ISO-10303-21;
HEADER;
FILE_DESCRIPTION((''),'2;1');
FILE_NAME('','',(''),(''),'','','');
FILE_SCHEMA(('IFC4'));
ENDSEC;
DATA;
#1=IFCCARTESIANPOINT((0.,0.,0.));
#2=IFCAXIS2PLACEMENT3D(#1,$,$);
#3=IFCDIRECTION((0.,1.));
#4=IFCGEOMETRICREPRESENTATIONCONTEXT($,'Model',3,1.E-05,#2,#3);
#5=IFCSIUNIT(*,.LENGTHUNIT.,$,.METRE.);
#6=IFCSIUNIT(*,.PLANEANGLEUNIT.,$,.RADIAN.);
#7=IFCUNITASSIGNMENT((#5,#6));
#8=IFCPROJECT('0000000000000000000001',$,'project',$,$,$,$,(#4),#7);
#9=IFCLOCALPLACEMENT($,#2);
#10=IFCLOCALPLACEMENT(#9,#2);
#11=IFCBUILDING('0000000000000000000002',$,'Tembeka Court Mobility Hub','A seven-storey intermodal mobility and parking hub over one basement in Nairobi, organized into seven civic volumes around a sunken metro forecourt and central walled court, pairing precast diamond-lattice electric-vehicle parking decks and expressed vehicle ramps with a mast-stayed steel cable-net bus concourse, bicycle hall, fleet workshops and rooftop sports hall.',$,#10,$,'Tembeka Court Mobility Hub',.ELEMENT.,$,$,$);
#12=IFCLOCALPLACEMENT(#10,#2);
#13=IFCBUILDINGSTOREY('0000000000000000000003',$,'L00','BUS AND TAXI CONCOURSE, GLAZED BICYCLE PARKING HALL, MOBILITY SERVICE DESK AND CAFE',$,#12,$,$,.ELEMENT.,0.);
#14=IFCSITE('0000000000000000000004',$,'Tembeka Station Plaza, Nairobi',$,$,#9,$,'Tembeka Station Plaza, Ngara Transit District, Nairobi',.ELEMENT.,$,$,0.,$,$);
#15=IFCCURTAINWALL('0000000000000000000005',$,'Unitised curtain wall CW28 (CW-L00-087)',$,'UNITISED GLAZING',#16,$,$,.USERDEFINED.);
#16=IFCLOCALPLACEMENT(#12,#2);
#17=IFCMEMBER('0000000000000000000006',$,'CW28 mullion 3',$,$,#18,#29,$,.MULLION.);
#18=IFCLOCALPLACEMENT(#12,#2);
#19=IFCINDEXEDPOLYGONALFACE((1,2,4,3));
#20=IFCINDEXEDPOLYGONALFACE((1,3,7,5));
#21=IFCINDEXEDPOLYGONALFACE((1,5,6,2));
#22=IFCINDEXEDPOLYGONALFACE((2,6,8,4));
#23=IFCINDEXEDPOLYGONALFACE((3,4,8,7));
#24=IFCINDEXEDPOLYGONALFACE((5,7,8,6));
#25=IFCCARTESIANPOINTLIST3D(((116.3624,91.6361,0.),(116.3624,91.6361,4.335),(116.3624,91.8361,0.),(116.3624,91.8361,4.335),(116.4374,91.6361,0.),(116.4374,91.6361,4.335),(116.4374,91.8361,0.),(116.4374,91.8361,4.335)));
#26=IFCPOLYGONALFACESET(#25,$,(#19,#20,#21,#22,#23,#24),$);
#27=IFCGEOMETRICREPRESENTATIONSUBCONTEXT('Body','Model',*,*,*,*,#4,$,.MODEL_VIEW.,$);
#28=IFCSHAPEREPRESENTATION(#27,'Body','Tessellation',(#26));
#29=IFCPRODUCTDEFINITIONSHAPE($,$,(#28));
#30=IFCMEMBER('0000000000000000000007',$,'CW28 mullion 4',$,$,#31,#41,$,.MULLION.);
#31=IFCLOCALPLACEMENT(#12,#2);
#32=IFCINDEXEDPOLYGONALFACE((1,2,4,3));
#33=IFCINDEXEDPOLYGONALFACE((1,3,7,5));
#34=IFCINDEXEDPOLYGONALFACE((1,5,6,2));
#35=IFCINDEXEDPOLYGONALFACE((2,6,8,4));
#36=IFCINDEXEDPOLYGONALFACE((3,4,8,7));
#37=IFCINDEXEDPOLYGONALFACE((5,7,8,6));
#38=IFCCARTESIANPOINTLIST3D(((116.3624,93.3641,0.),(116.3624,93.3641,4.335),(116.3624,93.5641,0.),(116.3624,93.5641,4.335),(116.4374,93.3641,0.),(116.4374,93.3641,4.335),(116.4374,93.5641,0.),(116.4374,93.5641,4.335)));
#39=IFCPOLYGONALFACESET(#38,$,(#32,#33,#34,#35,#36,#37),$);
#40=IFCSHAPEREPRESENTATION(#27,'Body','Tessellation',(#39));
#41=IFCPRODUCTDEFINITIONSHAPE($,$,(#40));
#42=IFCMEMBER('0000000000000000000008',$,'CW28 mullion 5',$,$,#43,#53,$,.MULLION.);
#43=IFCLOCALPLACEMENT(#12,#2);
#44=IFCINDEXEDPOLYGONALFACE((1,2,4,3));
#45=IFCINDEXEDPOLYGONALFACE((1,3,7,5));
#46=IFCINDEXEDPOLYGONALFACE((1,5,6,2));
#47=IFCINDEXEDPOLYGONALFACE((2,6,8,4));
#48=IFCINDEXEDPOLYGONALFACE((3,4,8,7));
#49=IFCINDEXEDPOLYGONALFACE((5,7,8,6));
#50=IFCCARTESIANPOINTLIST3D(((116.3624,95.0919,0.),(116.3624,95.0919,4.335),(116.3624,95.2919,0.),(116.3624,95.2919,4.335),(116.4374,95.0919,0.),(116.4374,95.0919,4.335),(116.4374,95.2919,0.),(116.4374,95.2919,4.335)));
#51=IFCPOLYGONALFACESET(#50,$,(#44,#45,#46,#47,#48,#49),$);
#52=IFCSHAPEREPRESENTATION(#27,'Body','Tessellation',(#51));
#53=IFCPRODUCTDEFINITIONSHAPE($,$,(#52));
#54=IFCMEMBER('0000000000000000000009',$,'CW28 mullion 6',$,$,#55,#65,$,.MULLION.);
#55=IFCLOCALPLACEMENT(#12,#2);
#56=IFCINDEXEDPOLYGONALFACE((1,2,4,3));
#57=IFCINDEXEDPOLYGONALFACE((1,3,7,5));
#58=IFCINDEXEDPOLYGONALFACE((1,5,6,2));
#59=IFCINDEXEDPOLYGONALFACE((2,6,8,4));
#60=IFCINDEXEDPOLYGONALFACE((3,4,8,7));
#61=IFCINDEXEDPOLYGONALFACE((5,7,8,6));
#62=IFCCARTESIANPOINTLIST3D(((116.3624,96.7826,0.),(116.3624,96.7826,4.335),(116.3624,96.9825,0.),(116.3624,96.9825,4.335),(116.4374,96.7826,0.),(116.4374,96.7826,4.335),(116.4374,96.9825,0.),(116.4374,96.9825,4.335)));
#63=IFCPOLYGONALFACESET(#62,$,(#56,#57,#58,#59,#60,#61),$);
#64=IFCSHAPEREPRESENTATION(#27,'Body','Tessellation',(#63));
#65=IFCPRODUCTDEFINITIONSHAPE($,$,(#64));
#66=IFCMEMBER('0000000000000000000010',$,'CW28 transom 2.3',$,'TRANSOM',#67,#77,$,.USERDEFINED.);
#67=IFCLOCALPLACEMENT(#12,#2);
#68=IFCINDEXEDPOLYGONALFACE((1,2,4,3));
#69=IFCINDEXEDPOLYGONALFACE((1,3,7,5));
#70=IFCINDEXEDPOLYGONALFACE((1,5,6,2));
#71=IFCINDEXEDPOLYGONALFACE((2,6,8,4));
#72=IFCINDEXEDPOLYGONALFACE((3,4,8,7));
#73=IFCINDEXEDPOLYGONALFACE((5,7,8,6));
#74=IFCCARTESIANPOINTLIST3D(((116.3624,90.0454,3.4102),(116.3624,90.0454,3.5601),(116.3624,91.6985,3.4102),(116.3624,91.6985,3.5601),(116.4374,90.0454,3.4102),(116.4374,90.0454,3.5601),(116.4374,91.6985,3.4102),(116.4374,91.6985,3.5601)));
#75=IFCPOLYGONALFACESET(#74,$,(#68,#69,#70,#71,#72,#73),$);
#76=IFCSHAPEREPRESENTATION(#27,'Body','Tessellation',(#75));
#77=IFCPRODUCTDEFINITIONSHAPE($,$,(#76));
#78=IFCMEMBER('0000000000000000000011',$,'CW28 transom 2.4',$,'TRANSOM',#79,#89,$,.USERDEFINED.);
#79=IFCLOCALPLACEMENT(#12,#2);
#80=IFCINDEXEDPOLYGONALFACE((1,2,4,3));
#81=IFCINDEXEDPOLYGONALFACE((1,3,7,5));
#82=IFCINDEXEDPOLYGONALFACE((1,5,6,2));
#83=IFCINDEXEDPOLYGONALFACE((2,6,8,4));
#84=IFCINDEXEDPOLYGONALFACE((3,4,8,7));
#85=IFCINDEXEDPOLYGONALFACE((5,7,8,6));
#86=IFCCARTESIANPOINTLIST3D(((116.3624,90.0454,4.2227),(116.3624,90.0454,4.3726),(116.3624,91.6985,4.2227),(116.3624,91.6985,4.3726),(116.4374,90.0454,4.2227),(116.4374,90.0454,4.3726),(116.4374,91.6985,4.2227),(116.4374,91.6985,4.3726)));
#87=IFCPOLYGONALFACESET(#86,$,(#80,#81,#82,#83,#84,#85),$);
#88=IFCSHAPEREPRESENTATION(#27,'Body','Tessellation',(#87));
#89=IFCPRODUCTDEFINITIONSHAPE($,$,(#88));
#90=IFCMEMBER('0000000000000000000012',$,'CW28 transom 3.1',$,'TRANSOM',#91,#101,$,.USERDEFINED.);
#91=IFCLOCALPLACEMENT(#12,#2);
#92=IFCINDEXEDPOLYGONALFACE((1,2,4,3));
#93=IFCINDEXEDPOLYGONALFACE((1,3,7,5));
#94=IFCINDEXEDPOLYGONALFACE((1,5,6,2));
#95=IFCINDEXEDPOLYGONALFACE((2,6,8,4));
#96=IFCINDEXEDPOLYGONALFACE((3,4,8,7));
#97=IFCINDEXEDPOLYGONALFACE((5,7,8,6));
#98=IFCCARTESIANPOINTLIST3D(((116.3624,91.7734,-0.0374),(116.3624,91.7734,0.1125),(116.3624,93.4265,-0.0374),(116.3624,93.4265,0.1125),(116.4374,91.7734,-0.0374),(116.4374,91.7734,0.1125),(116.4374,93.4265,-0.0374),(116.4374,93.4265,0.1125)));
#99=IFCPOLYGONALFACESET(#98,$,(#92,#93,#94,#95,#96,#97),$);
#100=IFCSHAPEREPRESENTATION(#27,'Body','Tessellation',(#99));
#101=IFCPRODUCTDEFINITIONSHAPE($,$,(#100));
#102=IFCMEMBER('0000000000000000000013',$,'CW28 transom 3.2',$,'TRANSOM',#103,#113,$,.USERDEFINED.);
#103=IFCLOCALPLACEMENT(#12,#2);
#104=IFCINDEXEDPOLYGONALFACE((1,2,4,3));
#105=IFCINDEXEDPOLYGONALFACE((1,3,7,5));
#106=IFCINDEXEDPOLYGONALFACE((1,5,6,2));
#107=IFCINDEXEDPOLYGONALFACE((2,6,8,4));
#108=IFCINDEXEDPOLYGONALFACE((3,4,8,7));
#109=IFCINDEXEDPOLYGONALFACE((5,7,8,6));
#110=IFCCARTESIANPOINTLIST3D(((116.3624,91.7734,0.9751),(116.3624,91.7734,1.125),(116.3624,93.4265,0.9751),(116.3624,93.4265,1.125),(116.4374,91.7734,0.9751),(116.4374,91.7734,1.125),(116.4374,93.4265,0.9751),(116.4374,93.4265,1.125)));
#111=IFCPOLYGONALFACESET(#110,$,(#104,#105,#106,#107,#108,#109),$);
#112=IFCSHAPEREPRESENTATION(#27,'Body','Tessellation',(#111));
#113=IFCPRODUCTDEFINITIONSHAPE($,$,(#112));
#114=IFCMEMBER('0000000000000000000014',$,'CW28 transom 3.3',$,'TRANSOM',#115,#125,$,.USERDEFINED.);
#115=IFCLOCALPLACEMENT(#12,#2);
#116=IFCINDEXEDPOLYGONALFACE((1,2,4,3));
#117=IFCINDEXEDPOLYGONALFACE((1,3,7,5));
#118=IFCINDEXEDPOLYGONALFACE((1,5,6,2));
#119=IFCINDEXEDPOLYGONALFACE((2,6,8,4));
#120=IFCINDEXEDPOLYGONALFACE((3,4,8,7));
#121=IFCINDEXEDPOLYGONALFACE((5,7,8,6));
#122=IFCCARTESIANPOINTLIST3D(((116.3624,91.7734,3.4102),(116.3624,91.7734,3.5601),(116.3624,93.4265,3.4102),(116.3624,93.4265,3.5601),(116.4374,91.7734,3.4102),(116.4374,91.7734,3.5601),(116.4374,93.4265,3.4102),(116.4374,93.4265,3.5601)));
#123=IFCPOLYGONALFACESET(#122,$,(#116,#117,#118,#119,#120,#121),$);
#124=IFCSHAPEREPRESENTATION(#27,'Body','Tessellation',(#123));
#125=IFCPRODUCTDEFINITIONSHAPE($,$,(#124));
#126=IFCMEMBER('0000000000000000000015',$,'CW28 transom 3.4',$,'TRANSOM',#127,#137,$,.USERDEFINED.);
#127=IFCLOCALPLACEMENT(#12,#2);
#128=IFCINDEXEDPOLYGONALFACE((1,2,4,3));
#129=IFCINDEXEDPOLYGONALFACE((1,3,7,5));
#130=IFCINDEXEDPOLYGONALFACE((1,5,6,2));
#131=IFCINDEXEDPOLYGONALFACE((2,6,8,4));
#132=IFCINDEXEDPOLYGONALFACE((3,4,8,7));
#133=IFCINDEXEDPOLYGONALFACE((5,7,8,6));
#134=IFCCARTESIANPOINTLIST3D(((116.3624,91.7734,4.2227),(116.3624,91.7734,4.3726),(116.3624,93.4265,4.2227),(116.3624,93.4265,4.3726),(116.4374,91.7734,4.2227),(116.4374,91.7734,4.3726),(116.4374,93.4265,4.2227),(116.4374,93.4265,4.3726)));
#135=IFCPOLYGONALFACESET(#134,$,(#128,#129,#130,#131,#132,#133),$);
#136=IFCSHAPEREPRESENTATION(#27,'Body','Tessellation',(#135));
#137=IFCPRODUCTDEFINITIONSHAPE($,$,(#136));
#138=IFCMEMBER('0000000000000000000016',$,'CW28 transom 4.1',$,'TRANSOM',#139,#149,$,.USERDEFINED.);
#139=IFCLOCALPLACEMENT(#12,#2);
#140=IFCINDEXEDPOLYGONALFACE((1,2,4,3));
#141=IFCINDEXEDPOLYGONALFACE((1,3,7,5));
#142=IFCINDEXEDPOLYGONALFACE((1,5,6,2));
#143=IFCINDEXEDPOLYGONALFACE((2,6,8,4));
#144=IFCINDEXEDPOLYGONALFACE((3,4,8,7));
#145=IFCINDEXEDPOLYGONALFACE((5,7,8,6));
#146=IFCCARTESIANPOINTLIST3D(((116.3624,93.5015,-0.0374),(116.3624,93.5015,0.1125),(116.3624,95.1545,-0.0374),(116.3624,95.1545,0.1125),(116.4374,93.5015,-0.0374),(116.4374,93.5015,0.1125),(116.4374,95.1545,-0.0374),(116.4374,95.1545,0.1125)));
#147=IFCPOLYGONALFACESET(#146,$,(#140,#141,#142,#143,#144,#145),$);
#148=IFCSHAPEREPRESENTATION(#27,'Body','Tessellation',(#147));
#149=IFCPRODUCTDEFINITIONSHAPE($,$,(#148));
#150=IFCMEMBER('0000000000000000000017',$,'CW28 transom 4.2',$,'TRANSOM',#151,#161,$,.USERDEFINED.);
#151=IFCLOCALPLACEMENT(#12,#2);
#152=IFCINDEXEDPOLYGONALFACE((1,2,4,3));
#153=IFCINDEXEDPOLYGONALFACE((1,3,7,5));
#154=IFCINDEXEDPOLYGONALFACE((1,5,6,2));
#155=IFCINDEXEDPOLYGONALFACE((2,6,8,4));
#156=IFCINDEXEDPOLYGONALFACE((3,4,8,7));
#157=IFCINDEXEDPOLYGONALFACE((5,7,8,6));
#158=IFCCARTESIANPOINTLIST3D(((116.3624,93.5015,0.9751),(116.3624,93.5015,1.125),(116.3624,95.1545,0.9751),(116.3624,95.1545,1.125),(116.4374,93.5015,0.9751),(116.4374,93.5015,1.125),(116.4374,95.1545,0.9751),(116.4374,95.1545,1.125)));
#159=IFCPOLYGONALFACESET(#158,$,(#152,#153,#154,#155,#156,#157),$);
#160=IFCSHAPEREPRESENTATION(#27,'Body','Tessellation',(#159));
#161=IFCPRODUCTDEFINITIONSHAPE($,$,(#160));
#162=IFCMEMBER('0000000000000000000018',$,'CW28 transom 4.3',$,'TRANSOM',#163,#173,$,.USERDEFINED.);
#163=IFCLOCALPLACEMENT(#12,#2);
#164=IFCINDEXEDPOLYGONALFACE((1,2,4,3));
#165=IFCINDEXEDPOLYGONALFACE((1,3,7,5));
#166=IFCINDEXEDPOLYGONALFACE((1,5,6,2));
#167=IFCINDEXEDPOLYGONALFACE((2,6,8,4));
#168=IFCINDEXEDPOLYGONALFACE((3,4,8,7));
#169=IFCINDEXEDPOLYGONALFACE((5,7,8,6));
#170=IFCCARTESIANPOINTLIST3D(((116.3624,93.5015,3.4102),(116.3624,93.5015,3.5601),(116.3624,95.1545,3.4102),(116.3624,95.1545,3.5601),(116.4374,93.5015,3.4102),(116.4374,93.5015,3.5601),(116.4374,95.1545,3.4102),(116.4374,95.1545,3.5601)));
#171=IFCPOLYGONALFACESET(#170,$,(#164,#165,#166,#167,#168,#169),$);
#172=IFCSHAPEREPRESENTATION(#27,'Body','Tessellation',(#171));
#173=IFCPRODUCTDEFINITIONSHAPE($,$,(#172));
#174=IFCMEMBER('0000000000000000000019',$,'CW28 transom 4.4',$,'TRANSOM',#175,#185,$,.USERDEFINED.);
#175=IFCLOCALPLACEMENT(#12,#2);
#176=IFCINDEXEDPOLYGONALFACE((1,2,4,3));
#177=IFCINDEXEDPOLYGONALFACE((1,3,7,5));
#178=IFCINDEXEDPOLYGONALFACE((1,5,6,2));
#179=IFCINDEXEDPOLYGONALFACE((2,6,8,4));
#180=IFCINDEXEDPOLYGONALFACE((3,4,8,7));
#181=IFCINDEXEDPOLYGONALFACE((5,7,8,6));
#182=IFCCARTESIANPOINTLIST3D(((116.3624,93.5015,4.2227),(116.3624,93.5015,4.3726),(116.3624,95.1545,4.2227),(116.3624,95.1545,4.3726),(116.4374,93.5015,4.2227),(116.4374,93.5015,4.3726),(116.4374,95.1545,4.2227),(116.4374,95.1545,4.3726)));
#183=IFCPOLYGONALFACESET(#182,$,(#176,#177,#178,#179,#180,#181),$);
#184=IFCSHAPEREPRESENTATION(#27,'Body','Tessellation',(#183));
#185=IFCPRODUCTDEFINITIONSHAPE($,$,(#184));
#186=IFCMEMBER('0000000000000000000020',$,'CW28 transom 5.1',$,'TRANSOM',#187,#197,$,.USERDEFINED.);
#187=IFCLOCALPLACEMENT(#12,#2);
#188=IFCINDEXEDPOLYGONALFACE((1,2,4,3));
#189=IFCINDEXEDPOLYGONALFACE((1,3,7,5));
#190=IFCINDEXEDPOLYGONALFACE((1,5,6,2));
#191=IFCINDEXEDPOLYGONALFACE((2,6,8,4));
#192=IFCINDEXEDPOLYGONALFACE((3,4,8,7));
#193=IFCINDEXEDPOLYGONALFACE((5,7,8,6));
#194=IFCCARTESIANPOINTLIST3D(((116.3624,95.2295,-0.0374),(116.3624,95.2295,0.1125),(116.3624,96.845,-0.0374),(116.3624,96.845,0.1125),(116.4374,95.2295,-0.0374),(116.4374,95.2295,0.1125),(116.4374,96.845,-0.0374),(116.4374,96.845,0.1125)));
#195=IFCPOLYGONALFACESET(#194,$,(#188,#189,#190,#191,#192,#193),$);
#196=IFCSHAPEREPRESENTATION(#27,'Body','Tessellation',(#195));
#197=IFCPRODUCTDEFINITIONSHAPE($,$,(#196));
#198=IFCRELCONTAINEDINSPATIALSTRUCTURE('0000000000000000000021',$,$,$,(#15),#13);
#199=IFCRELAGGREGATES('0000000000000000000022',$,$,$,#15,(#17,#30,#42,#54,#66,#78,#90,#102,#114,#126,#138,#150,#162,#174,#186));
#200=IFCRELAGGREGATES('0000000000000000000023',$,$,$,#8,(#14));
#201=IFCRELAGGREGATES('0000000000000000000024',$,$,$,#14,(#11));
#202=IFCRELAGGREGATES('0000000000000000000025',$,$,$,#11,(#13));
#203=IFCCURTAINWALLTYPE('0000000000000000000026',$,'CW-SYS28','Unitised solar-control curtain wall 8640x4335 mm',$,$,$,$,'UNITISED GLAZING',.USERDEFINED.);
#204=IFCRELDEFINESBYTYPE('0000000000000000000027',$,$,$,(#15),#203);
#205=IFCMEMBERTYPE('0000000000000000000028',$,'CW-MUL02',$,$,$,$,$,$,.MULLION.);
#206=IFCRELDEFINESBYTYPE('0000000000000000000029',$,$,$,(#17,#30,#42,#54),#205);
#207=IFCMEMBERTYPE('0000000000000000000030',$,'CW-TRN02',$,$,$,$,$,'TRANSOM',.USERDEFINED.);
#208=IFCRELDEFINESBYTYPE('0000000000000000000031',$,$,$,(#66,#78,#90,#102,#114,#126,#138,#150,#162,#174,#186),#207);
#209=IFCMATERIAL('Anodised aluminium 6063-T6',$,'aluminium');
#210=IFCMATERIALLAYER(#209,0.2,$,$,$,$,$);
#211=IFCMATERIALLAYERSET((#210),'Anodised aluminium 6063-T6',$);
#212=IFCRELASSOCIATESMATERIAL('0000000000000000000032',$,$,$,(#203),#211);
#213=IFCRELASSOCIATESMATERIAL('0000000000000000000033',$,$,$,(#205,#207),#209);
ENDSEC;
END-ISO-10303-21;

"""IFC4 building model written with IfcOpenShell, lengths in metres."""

from ifc_helpers import new_model, si_unit, direction, frame, origin, origin_2d, place, context, subcontext, project, spatial, rectangle, extrude, material, layer, layer_set, material_profile, profile_set, type_object, element, aggregate, save


model = new_model("IFC4")

# Units and contexts
model_context = context("Model", 3, precision=1e-05, world=origin(), true_north=direction((0.0, 1.0)))
body_context = subcontext(model_context, "Body", "Model", "MODEL_VIEW")
ifc_project = project(units=[si_unit("LENGTHUNIT", "METRE"), si_unit("PLANEANGLEUNIT", "RADIAN")], contexts=[model_context])

# Site, building, storey
site_placement = place(None, origin())
site = spatial("IfcSite", under=ifc_project, at=site_placement, Name="Tembeka Station Plaza, Nairobi", LongName="Tembeka Station Plaza, Ngara Transit District, Nairobi", CompositionType="ELEMENT", RefElevation=0.0)
building_placement = place(site_placement, origin())
building = spatial("IfcBuilding", under=site, at=building_placement, Name="Tembeka Court Mobility Hub", Description="A seven-storey intermodal mobility and parking hub over one basement in Nairobi, organized into seven civic volumes around a sunken metro forecourt and central walled court, pairing precast diamond-lattice electric-vehicle parking decks and expressed vehicle ramps with a mast-stayed steel cable-net bus concourse, bicycle hall, fleet workshops and rooftop sports hall.", LongName="Tembeka Court Mobility Hub", CompositionType="ELEMENT")
storey_placement = place(building_placement, origin())
storey = spatial("IfcBuildingStorey", under=building, at=storey_placement, Name="L00", Description="BUS AND TAXI CONCOURSE, GLAZED BICYCLE PARKING HALL, MOBILITY SERVICE DESK AND CAFE", CompositionType="ELEMENT", Elevation=0.0)

# Curtain wall, members
ifc_material_1 = material(Name="Anodised aluminium 6063-T6", Category="aluminium")
ifc_layer_1 = layer(ifc_material_1, 0.2)
ifc_layer_set_1 = layer_set([ifc_layer_1], Name="Anodised aluminium 6063-T6")
curtain_wall_type = type_object("IfcCurtainWallType", Name="CW-SYS28", Description="Unitised solar-control curtain wall 8640x4335 mm", ElementType="UNITISED GLAZING", PredefinedType="USERDEFINED", material=ifc_layer_set_1)
curtain_wall_placement = place(storey_placement, origin())
curtain_wall = element("IfcCurtainWall", 1, at=curtain_wall_placement, inside=storey, type_object=curtain_wall_type, Name="Unitised curtain wall CW28 (CW-L00-087)", ObjectType="UNITISED GLAZING", PredefinedType="USERDEFINED")
ifc_material_profile_1 = material_profile(ifc_material_1, rectangle(XDim=0.075, YDim=0.2, at=origin_2d()), Name="ALU-MUL 75x200")
ifc_profile_set_1 = profile_set([ifc_material_profile_1], Name="Anodised aluminium 6063-T6")
member_type_1 = type_object("IfcMemberType", Name="CW-MUL02", PredefinedType="MULLION", material=ifc_profile_set_1)
member_1_placement = place(storey_placement, frame((116.3999, 91.7361, 0.0), z_axis=(0.0, 0.0, 1.0), x_axis=(-1.0, 0.0, 0.0)))
member_1 = element("IfcMember", 2, at=member_1_placement, type_object=member_type_1, Name="CW28 mullion 3", PredefinedType="MULLION", context=body_context, shape_type="SweptSolid", body=[
    extrude(rectangle(XDim=0.075, YDim=0.2, at=origin_2d()), origin(), (0.0, 0.0, 1.0), 4.335),
])
member_2_placement = place(storey_placement, frame((116.3999, 93.4641, 0.0), z_axis=(0.0, 0.0, 1.0), x_axis=(-1.0, 0.0, 0.0)))
member_2 = element("IfcMember", 3, at=member_2_placement, type_object=member_type_1, Name="CW28 mullion 4", PredefinedType="MULLION", context=body_context, shape_type="SweptSolid", body=[
    extrude(rectangle(XDim=0.075, YDim=0.2, at=origin_2d()), origin(), (0.0, 0.0, 1.0), 4.335),
])
member_3_placement = place(storey_placement, frame((116.3999, 95.1919, 0.0), z_axis=(0.0, 0.0, 1.0), x_axis=(-1.0, 0.0, 0.0)))
member_3 = element("IfcMember", 4, at=member_3_placement, type_object=member_type_1, Name="CW28 mullion 5", PredefinedType="MULLION", context=body_context, shape_type="SweptSolid", body=[
    extrude(rectangle(XDim=0.075, YDim=0.2, at=origin_2d()), origin(), (0.0, 0.0, 1.0), 4.335),
])
member_4_placement = place(storey_placement, frame((116.3999, 96.8826, 0.0), z_axis=(0.0, 0.0, 1.0), x_axis=(-1.0, 0.0, 0.0)))
member_4 = element("IfcMember", 5, at=member_4_placement, type_object=member_type_1, Name="CW28 mullion 6", PredefinedType="MULLION", context=body_context, shape_type="SweptSolid", body=[
    extrude(rectangle(XDim=0.075, YDim=0.2, at=origin_2d()), origin(), (0.0, 0.0, 1.0), 4.335),
])
ifc_material_profile_2 = material_profile(ifc_material_1, rectangle(XDim=0.075, YDim=0.1499, at=origin_2d()), Name="ALU-TRN 75x150")
ifc_profile_set_2 = profile_set([ifc_material_profile_2], Name="Anodised aluminium 6063-T6")
member_type_2 = type_object("IfcMemberType", Name="CW-TRN02", ElementType="TRANSOM", PredefinedType="USERDEFINED", material=ifc_profile_set_2)
member_5_placement = place(storey_placement, frame((116.3999, 90.0454, 3.4851), z_axis=(0.0, 1.0, 0.0), x_axis=(-1.0, 0.0, 0.0)))
member_5 = element("IfcMember", 6, at=member_5_placement, type_object=member_type_2, Name="CW28 transom 2.3", ObjectType="TRANSOM", PredefinedType="USERDEFINED", context=body_context, shape_type="SweptSolid", body=[
    extrude(rectangle(XDim=0.075, YDim=0.1499, at=origin_2d()), origin(), (0.0, 0.0, 1.0), 1.6531),
])
member_6_placement = place(storey_placement, frame((116.3999, 90.0454, 4.2976), z_axis=(0.0, 1.0, 0.0), x_axis=(-1.0, 0.0, 0.0)))
member_6 = element("IfcMember", 7, at=member_6_placement, type_object=member_type_2, Name="CW28 transom 2.4", ObjectType="TRANSOM", PredefinedType="USERDEFINED", context=body_context, shape_type="SweptSolid", body=[
    extrude(rectangle(XDim=0.075, YDim=0.1499, at=origin_2d()), origin(), (0.0, 0.0, 1.0), 1.6531),
])
member_7_placement = place(storey_placement, frame((116.3999, 91.7734, 0.0376), z_axis=(0.0, 1.0, 0.0), x_axis=(-1.0, 0.0, 0.0)))
member_7 = element("IfcMember", 8, at=member_7_placement, type_object=member_type_2, Name="CW28 transom 3.1", ObjectType="TRANSOM", PredefinedType="USERDEFINED", context=body_context, shape_type="SweptSolid", body=[
    extrude(rectangle(XDim=0.075, YDim=0.1499, at=origin_2d()), origin(), (0.0, 0.0, 1.0), 1.6531),
])
member_8_placement = place(storey_placement, frame((116.3999, 91.7734, 1.05), z_axis=(0.0, 1.0, 0.0), x_axis=(-1.0, 0.0, 0.0)))
member_8 = element("IfcMember", 9, at=member_8_placement, type_object=member_type_2, Name="CW28 transom 3.2", ObjectType="TRANSOM", PredefinedType="USERDEFINED", context=body_context, shape_type="SweptSolid", body=[
    extrude(rectangle(XDim=0.075, YDim=0.1499, at=origin_2d()), origin(), (0.0, 0.0, 1.0), 1.6531),
])
member_9_placement = place(storey_placement, frame((116.3999, 91.7734, 3.4851), z_axis=(0.0, 1.0, 0.0), x_axis=(-1.0, 0.0, 0.0)))
member_9 = element("IfcMember", 10, at=member_9_placement, type_object=member_type_2, Name="CW28 transom 3.3", ObjectType="TRANSOM", PredefinedType="USERDEFINED", context=body_context, shape_type="SweptSolid", body=[
    extrude(rectangle(XDim=0.075, YDim=0.1499, at=origin_2d()), origin(), (0.0, 0.0, 1.0), 1.6531),
])
member_10_placement = place(storey_placement, frame((116.3999, 91.7734, 4.2976), z_axis=(0.0, 1.0, 0.0), x_axis=(-1.0, 0.0, 0.0)))
member_10 = element("IfcMember", 11, at=member_10_placement, type_object=member_type_2, Name="CW28 transom 3.4", ObjectType="TRANSOM", PredefinedType="USERDEFINED", context=body_context, shape_type="SweptSolid", body=[
    extrude(rectangle(XDim=0.075, YDim=0.1499, at=origin_2d()), origin(), (0.0, 0.0, 1.0), 1.6531),
])
member_11_placement = place(storey_placement, frame((116.3999, 93.5015, 0.0376), z_axis=(0.0, 1.0, 0.0), x_axis=(-1.0, 0.0, 0.0)))
member_11 = element("IfcMember", 12, at=member_11_placement, type_object=member_type_2, Name="CW28 transom 4.1", ObjectType="TRANSOM", PredefinedType="USERDEFINED", context=body_context, shape_type="SweptSolid", body=[
    extrude(rectangle(XDim=0.075, YDim=0.1499, at=origin_2d()), origin(), (0.0, 0.0, 1.0), 1.6531),
])
member_12_placement = place(storey_placement, frame((116.3999, 93.5015, 1.05), z_axis=(0.0, 1.0, 0.0), x_axis=(-1.0, 0.0, 0.0)))
member_12 = element("IfcMember", 13, at=member_12_placement, type_object=member_type_2, Name="CW28 transom 4.2", ObjectType="TRANSOM", PredefinedType="USERDEFINED", context=body_context, shape_type="SweptSolid", body=[
    extrude(rectangle(XDim=0.075, YDim=0.1499, at=origin_2d()), origin(), (0.0, 0.0, 1.0), 1.6531),
])
member_13_placement = place(storey_placement, frame((116.3999, 93.5015, 3.4851), z_axis=(0.0, 1.0, 0.0), x_axis=(-1.0, 0.0, 0.0)))
member_13 = element("IfcMember", 14, at=member_13_placement, type_object=member_type_2, Name="CW28 transom 4.3", ObjectType="TRANSOM", PredefinedType="USERDEFINED", context=body_context, shape_type="SweptSolid", body=[
    extrude(rectangle(XDim=0.075, YDim=0.1499, at=origin_2d()), origin(), (0.0, 0.0, 1.0), 1.6531),
])
member_14_placement = place(storey_placement, frame((116.3999, 93.5015, 4.2976), z_axis=(0.0, 1.0, 0.0), x_axis=(-1.0, 0.0, 0.0)))
member_14 = element("IfcMember", 15, at=member_14_placement, type_object=member_type_2, Name="CW28 transom 4.4", ObjectType="TRANSOM", PredefinedType="USERDEFINED", context=body_context, shape_type="SweptSolid", body=[
    extrude(rectangle(XDim=0.075, YDim=0.1499, at=origin_2d()), origin(), (0.0, 0.0, 1.0), 1.6531),
])
member_15_placement = place(storey_placement, frame((116.3999, 95.2295, 0.0376), z_axis=(0.0, 1.0, 0.0), x_axis=(-1.0, 0.0, 0.0)))
member_15 = element("IfcMember", 16, at=member_15_placement, type_object=member_type_2, Name="CW28 transom 5.1", ObjectType="TRANSOM", PredefinedType="USERDEFINED", context=body_context, shape_type="SweptSolid", body=[
    extrude(rectangle(XDim=0.075, YDim=0.1499, at=origin_2d()), origin(), (0.0, 0.0, 1.0), 1.6155),
])
aggregate(curtain_wall, [member_1, member_2, member_3, member_4, member_5, member_6, member_7, member_8, member_9, member_10, member_11, member_12, member_13, member_14, member_15])

save(model, "model.ifc")
